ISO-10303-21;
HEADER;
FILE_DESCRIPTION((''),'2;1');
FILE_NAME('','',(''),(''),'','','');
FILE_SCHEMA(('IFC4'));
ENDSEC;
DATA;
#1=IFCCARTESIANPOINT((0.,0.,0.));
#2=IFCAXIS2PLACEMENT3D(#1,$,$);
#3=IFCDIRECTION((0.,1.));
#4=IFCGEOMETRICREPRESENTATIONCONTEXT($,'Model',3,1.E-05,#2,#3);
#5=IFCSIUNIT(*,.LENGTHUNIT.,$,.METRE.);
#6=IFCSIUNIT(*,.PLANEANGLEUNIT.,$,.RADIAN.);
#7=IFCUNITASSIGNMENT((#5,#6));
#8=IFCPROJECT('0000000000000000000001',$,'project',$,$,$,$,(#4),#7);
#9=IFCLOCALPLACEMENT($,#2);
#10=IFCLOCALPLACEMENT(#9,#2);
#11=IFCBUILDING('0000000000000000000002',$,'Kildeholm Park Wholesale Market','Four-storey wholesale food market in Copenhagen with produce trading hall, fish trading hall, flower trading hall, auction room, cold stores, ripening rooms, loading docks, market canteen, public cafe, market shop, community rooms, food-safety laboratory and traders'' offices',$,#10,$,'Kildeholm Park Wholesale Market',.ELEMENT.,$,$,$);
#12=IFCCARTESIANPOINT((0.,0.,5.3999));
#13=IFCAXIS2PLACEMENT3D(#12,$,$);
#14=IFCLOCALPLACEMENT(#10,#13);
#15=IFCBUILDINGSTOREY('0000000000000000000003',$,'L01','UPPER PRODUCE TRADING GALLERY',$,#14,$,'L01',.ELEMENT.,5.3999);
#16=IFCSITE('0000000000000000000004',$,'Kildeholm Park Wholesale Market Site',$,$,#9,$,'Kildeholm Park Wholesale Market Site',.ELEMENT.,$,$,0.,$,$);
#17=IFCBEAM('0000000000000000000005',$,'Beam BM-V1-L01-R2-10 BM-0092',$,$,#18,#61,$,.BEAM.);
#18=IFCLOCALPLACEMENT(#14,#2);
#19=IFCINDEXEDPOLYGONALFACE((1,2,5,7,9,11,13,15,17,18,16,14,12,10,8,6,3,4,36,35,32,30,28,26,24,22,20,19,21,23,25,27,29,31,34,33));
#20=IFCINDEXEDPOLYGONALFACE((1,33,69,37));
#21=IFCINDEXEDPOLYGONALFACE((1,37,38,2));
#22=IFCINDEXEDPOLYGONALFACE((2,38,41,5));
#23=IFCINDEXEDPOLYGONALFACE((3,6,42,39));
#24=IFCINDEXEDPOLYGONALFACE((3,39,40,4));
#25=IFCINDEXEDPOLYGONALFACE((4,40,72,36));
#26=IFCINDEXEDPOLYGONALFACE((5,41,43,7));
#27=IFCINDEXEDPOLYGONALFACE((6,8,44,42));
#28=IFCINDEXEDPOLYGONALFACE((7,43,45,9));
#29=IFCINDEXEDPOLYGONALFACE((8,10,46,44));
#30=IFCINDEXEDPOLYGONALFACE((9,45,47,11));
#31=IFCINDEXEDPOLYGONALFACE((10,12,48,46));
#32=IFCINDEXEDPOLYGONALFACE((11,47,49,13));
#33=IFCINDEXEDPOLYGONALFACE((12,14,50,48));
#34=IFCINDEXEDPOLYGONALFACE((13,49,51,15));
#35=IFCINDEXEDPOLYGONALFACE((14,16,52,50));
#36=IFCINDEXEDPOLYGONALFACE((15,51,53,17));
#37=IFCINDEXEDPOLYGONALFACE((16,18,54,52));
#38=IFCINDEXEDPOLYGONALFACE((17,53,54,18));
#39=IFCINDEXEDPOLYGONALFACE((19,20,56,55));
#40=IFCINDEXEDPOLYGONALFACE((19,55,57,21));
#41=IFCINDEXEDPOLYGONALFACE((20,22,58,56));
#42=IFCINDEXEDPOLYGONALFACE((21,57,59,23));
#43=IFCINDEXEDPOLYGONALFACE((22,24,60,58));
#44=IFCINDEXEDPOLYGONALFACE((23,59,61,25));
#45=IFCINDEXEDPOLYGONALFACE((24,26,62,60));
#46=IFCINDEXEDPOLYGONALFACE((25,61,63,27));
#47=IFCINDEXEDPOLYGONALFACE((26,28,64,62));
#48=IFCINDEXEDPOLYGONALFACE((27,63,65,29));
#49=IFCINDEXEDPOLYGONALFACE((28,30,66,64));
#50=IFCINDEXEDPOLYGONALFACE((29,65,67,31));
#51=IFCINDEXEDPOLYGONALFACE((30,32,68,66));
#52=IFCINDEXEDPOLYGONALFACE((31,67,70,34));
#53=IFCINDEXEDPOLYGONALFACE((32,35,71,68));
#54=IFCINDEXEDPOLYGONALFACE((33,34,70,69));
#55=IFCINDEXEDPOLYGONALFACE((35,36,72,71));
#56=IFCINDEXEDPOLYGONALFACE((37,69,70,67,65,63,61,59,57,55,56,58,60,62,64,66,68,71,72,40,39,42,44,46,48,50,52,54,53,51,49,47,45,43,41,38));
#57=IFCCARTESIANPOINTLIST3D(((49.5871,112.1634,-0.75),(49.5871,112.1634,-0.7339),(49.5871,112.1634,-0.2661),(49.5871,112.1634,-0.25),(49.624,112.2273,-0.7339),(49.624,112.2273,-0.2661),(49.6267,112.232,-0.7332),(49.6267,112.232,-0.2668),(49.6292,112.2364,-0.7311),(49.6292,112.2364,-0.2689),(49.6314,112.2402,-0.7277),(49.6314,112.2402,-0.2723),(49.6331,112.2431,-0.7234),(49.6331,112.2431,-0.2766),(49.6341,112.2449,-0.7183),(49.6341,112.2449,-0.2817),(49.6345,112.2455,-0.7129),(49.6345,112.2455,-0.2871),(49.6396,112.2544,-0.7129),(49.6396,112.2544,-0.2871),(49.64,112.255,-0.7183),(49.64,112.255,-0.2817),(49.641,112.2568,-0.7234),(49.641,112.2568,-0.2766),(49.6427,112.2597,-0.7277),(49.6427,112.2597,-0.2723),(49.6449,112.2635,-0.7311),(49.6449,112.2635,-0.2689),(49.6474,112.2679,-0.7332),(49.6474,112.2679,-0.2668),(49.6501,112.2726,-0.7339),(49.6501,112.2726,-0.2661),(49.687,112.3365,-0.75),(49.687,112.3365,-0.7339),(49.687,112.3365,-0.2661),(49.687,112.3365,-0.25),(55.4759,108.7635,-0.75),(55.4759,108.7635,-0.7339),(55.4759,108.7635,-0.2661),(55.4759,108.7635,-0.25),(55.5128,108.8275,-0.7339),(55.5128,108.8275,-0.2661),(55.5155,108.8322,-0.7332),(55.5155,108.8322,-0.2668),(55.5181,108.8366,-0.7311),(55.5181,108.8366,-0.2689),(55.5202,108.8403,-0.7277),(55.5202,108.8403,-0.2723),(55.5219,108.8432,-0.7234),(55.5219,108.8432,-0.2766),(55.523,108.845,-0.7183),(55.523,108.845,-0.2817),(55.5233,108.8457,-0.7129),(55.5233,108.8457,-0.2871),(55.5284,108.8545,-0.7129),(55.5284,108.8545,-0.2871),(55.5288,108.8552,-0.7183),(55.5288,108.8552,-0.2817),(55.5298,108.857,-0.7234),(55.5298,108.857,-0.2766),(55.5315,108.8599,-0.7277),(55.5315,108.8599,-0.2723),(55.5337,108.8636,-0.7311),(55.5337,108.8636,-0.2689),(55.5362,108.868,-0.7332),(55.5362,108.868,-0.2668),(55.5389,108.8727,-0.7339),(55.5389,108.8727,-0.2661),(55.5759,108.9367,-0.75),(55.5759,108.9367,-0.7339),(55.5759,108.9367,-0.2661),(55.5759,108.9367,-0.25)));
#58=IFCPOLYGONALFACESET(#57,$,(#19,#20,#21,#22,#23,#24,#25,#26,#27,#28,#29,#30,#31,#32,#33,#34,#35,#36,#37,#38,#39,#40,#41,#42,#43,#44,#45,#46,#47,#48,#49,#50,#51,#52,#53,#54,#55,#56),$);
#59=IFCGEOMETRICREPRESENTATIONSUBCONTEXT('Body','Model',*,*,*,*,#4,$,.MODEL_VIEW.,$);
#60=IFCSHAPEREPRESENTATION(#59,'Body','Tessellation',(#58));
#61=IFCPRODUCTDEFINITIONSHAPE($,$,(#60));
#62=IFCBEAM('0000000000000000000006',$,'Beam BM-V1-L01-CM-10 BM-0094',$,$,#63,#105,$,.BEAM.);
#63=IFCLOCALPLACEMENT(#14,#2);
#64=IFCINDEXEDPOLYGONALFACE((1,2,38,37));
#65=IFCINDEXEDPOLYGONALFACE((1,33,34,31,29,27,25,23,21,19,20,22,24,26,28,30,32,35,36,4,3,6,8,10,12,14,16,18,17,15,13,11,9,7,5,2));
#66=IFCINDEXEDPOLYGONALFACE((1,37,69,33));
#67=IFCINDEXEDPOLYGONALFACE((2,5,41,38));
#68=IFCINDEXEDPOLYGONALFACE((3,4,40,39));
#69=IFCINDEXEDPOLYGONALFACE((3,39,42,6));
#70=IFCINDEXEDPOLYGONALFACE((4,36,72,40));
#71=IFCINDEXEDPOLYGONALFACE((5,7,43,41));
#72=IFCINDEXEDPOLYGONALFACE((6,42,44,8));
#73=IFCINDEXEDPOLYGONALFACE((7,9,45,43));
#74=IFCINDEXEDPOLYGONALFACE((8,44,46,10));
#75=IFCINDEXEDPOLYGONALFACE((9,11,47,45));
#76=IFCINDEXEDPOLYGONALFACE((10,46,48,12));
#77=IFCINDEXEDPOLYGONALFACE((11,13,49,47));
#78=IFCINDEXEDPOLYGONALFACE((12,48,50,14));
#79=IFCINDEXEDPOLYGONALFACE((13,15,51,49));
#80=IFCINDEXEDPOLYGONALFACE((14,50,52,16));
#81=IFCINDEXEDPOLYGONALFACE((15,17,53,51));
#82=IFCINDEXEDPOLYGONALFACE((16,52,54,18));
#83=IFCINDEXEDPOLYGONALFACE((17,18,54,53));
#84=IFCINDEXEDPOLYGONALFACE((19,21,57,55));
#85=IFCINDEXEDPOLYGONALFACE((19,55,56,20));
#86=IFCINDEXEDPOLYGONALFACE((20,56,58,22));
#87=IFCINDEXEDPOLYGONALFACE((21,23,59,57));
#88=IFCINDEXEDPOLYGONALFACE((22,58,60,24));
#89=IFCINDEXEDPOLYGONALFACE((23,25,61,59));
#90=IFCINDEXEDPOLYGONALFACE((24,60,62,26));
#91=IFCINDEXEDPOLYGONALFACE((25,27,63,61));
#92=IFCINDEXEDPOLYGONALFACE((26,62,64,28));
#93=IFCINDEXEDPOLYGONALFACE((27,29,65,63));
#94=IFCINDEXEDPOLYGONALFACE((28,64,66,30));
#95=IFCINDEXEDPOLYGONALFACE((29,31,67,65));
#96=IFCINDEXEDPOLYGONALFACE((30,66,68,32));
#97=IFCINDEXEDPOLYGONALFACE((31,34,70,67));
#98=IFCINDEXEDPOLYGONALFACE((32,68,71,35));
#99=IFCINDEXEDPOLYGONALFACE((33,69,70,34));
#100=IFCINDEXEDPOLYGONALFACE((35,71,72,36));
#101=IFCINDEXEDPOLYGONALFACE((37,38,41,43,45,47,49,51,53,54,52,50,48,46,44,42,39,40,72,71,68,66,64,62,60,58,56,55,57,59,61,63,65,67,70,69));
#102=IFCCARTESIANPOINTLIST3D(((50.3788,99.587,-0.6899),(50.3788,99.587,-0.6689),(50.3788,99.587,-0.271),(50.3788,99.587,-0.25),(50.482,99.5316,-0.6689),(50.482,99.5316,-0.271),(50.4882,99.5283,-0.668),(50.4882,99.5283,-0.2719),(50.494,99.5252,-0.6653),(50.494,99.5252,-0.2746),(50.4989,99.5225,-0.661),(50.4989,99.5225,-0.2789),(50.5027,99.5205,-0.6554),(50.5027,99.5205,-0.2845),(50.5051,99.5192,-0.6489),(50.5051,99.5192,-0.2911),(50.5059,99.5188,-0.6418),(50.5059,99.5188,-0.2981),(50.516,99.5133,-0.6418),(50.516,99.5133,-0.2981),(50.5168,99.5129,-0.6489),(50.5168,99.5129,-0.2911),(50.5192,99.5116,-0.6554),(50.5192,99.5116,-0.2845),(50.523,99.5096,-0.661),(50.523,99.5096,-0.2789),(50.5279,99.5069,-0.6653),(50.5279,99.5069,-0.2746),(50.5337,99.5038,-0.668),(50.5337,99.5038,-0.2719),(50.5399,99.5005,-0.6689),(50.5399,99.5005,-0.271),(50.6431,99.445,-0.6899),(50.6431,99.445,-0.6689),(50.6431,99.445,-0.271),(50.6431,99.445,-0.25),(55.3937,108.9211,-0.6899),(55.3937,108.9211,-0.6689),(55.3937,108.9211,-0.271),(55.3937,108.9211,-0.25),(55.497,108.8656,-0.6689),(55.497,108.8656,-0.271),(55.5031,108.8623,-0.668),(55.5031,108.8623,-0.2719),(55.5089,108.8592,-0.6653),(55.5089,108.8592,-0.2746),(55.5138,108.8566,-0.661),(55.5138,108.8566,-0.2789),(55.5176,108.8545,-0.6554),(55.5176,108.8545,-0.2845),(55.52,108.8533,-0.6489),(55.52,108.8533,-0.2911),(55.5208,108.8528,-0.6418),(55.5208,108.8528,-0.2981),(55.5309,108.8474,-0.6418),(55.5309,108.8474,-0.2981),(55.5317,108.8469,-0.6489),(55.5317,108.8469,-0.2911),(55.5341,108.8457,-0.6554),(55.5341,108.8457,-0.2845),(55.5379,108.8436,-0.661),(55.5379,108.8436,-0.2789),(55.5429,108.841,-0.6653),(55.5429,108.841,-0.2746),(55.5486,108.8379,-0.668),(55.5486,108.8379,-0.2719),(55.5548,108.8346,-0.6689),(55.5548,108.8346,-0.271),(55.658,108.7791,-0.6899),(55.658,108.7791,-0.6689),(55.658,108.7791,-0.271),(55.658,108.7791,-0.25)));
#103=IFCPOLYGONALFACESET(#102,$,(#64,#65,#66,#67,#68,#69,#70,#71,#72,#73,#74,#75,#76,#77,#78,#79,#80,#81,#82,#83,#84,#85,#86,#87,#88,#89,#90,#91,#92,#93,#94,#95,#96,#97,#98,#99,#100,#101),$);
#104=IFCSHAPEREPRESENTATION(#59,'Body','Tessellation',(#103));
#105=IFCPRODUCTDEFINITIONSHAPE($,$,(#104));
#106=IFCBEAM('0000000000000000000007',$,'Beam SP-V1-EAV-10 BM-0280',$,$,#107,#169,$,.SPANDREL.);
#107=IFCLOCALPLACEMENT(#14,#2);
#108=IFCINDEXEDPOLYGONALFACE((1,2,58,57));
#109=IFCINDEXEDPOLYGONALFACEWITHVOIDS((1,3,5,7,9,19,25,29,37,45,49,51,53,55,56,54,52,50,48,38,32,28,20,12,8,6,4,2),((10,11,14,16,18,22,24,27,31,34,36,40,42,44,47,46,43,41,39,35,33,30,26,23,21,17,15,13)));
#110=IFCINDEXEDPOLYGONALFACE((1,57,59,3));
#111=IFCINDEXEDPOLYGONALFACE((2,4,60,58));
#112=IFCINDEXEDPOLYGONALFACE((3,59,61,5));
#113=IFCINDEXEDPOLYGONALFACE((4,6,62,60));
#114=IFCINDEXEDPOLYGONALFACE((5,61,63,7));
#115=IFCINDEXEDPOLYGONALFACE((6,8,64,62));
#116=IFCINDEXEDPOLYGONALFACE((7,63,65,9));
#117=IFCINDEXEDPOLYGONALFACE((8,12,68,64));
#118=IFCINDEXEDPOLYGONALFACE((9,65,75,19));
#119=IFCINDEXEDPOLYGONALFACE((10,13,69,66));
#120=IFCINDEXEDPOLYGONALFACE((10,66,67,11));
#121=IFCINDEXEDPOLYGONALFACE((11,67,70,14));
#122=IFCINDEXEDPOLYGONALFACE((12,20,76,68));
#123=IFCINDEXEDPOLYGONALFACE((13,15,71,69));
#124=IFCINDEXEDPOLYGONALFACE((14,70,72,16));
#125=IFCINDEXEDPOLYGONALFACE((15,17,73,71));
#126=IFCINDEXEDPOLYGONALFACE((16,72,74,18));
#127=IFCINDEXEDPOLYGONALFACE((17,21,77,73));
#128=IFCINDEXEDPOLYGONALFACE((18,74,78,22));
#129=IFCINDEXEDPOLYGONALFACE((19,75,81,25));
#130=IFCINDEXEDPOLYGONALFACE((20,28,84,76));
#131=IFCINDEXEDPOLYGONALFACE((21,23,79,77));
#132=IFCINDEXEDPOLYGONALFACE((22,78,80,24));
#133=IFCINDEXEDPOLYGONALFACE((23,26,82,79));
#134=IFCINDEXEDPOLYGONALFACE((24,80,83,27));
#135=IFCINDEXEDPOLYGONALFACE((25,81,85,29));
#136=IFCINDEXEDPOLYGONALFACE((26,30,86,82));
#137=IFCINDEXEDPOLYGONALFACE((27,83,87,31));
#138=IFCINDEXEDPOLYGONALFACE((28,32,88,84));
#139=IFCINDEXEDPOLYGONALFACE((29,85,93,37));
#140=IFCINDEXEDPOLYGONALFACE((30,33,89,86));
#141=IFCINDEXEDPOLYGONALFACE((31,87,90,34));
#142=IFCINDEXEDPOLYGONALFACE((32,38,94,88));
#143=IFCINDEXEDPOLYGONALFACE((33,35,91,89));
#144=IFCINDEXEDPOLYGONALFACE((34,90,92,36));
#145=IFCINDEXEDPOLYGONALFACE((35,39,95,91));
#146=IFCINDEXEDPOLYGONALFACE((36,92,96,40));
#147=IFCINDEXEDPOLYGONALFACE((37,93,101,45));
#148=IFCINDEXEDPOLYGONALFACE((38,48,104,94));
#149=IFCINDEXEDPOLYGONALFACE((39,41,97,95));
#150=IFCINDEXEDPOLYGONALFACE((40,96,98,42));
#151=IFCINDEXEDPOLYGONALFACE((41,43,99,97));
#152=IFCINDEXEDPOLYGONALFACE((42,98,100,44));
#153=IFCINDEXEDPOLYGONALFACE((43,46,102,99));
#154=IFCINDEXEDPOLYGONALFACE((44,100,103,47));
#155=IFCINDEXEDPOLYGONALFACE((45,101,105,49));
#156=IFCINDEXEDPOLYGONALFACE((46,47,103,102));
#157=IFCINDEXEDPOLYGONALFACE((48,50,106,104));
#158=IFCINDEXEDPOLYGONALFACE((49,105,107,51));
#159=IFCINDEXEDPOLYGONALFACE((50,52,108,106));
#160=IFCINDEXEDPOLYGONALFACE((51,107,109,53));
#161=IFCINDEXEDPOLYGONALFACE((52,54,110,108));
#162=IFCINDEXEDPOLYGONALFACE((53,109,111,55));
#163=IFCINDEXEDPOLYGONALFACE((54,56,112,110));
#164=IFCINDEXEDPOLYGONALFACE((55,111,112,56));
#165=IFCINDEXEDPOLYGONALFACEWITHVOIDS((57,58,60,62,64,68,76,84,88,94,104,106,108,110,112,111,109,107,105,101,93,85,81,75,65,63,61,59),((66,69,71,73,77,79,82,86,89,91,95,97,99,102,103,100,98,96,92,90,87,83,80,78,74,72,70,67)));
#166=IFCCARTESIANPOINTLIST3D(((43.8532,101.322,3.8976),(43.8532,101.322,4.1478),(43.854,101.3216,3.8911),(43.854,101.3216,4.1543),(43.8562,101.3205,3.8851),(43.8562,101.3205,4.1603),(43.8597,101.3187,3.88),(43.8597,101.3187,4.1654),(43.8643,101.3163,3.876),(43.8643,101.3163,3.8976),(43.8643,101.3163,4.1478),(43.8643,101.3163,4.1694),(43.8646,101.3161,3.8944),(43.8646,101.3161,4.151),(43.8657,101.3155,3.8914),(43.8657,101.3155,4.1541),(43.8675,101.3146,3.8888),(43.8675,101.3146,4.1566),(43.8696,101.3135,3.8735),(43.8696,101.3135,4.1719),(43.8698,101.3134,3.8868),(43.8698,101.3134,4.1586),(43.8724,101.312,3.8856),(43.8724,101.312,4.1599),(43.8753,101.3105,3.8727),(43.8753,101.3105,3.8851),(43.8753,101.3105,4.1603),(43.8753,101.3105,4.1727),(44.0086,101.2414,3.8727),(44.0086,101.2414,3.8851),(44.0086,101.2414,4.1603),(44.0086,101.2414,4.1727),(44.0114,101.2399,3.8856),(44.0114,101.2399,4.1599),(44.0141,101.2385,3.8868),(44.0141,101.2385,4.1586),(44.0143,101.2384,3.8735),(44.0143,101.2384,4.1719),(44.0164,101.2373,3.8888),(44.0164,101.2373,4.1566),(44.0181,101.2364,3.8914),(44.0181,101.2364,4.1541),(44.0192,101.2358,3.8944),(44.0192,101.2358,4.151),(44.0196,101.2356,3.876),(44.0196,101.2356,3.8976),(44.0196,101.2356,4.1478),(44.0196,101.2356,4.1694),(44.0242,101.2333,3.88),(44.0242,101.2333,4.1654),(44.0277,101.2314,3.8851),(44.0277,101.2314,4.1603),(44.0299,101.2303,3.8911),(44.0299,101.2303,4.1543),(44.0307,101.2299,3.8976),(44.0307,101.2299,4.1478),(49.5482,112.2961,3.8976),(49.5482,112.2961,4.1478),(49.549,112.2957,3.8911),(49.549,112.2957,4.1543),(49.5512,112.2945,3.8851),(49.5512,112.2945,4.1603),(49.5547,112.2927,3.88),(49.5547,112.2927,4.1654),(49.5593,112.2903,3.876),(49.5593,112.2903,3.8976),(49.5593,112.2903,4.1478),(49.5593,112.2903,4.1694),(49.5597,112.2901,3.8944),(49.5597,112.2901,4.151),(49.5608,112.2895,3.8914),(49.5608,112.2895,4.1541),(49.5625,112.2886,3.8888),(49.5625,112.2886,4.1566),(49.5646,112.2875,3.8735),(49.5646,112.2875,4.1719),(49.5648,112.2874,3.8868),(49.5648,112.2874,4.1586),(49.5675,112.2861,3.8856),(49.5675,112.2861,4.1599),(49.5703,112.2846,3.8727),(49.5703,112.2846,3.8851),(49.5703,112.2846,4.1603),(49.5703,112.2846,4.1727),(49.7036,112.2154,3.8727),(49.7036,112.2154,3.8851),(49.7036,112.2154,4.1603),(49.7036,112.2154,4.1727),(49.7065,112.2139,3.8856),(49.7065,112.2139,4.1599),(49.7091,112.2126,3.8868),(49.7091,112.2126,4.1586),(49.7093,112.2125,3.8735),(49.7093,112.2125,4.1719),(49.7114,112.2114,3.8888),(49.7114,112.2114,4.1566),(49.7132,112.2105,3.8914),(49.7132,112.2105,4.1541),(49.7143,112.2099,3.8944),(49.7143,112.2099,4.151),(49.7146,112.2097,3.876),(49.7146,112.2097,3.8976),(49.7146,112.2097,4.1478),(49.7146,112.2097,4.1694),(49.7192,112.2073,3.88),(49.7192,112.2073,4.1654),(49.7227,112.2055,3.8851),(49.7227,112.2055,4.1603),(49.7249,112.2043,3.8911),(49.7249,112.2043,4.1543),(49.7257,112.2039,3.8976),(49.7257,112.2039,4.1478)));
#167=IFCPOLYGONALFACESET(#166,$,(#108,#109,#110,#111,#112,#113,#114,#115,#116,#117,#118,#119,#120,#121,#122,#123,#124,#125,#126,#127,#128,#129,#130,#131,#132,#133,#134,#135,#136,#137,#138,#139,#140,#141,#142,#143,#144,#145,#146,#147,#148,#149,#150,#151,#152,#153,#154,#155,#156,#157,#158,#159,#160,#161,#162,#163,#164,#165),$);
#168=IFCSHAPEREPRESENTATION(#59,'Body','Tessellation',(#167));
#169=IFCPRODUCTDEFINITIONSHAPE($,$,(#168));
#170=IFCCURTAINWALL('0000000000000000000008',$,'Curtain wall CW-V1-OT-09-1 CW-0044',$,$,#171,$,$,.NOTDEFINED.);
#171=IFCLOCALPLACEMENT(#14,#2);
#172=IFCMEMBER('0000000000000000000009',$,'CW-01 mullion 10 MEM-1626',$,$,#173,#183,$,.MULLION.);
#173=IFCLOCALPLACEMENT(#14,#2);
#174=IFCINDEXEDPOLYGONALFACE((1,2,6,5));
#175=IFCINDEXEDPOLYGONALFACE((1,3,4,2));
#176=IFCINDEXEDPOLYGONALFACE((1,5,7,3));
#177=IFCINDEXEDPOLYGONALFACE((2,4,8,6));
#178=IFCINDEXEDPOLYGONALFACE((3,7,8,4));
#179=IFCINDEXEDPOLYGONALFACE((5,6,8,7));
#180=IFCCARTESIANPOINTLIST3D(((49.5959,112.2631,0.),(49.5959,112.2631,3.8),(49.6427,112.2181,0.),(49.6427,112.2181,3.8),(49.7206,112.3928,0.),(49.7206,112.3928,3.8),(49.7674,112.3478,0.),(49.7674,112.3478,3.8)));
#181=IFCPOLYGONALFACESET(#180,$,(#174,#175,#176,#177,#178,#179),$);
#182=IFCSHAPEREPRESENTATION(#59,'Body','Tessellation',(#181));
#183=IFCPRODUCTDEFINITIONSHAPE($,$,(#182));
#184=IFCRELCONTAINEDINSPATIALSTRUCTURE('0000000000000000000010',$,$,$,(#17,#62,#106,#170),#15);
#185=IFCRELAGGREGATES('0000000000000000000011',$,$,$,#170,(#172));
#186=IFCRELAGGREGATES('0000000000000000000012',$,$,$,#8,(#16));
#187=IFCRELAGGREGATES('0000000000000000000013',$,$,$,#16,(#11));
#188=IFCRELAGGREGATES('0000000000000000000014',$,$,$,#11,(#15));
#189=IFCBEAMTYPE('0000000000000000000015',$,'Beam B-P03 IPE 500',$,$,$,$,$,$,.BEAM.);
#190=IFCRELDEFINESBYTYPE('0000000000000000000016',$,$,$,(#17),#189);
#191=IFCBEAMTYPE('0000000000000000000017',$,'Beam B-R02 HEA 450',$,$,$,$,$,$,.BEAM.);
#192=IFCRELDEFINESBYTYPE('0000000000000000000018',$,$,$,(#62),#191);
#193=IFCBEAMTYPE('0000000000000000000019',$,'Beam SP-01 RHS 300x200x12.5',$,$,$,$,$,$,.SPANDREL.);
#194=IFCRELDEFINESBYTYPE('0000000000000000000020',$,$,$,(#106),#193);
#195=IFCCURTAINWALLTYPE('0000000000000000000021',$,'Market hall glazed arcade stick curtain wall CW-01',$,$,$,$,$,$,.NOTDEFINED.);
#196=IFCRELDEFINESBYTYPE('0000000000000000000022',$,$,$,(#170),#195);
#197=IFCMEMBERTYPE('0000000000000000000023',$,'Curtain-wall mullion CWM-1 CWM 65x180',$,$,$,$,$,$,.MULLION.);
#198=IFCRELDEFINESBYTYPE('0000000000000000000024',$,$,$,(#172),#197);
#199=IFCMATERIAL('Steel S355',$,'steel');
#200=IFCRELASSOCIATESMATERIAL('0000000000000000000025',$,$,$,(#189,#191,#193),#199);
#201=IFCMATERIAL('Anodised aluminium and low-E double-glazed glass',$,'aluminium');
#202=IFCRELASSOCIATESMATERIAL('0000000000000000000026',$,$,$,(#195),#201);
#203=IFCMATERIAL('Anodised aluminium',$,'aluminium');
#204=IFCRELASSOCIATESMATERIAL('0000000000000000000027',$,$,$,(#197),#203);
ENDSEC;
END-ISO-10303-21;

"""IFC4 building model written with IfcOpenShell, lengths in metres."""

from ifc_helpers import new_model, si_unit, direction, frame, origin, origin_2d, place, context, subcontext, project, spatial, rectangle, hollow_rectangle, i_section, extrude, material, material_profile, profile_set, type_object, element, aggregate, save


model = new_model("IFC4")

# Units and contexts
model_context = context("Model", 3, precision=1e-05, world=origin(), true_north=direction((0.0, 1.0)))
body_context = subcontext(model_context, "Body", "Model", "MODEL_VIEW")
ifc_project = project(units=[si_unit("LENGTHUNIT", "METRE"), si_unit("PLANEANGLEUNIT", "RADIAN")], contexts=[model_context])

# Site, building, storey
site_placement = place(None, origin())
site = spatial("IfcSite", under=ifc_project, at=site_placement, Name="Kildeholm Park Wholesale Market Site", LongName="Kildeholm Park Wholesale Market Site", CompositionType="ELEMENT", RefElevation=0.0)
building_placement = place(site_placement, origin())
building = spatial("IfcBuilding", under=site, at=building_placement, Name="Kildeholm Park Wholesale Market", Description="Four-storey wholesale food market in Copenhagen with produce trading hall, fish trading hall, flower trading hall, auction room, cold stores, ripening rooms, loading docks, market canteen, public cafe, market shop, community rooms, food-safety laboratory and traders' offices", LongName="Kildeholm Park Wholesale Market", CompositionType="ELEMENT")
storey_placement = place(building_placement, frame((0.0, 0.0, 5.3999)))
storey = spatial("IfcBuildingStorey", under=building, at=storey_placement, Name="L01", Description="UPPER PRODUCE TRADING GALLERY", LongName="L01", CompositionType="ELEMENT", Elevation=5.3999)

# Shared definitions
ifc_material_1 = material(Name="Steel S355", Category="steel")

# Beams
ifc_material_profile_1 = material_profile(ifc_material_1, i_section(OverallWidth=0.2, OverallDepth=0.5, WebThickness=0.0103, FlangeThickness=0.0161, FilletRadius=0.021, at=origin_2d()), Name="IPE 500")
ifc_profile_set_1 = profile_set([ifc_material_profile_1], Name="Steel S355")
beam_type_1 = type_object("IfcBeamType", Name="Beam B-P03 IPE 500", PredefinedType="BEAM", material=ifc_profile_set_1)
beam_1_placement = place(storey_placement, frame((55.5259, 108.8501, -0.5), z_axis=(-0.86603, 0.499993, 0.0), x_axis=(-0.499993, -0.86603, 0.0)))
element("IfcBeam", 1, at=beam_1_placement, inside=storey, type_object=beam_type_1, Name="Beam BM-V1-L01-R2-10 BM-0092", PredefinedType="BEAM", context=body_context, shape_type="SweptSolid", body=[
    extrude(i_section(OverallWidth=0.2, OverallDepth=0.5, WebThickness=0.0103, FlangeThickness=0.0161, FilletRadius=0.021, at=origin_2d()), origin(), (0.0, 0.0, 1.0), 6.7998),
])
ifc_material_profile_2 = material_profile(ifc_material_1, i_section(OverallWidth=0.3, OverallDepth=0.4399, WebThickness=0.0115, FlangeThickness=0.021, FilletRadius=0.0271, at=origin_2d()), Name="HEA 450")
ifc_profile_set_2 = profile_set([ifc_material_profile_2], Name="Steel S355")
beam_type_2 = type_object("IfcBeamType", Name="Beam B-R02 HEA 450", PredefinedType="BEAM", material=ifc_profile_set_2)
beam_2_placement = place(storey_placement, frame((55.5259, 108.8501, -0.47), z_axis=(-0.473288, -0.880908, 0.0), x_axis=(0.880908, -0.473288, 0.0)))
element("IfcBeam", 2, at=beam_2_placement, inside=storey, type_object=beam_type_2, Name="Beam BM-V1-L01-CM-10 BM-0094", PredefinedType="BEAM", context=body_context, shape_type="SweptSolid", body=[
    extrude(i_section(OverallWidth=0.3, OverallDepth=0.4399, WebThickness=0.0115, FlangeThickness=0.021, FilletRadius=0.0271, at=origin_2d()), origin(), (0.0, 0.0, 1.0), 10.5959),
])
ifc_material_profile_3 = material_profile(ifc_material_1, hollow_rectangle(XDim=0.2, YDim=0.3, WallThickness=0.0125, InnerFilletRadius=0.0125, OuterFilletRadius=0.0249, at=origin_2d()), Name="RHS 300x200x12.5")
ifc_profile_set_3 = profile_set([ifc_material_profile_3], Name="Steel S355")
beam_type_3 = type_object("IfcBeamType", Name="Beam SP-01 RHS 300x200x12.5", PredefinedType="SPANDREL", material=ifc_profile_set_3)
beam_3_placement = place(storey_placement, frame((49.637, 112.25, 4.0227), z_axis=(-0.460622, -0.887596, 0.0), x_axis=(0.887596, -0.460622, 0.0)))
element("IfcBeam", 3, at=beam_3_placement, inside=storey, type_object=beam_type_3, Name="Beam SP-V1-EAV-10 BM-0280", PredefinedType="SPANDREL", context=body_context, shape_type="SweptSolid", body=[
    extrude(hollow_rectangle(XDim=0.2, YDim=0.3, WallThickness=0.0125, InnerFilletRadius=0.0125, OuterFilletRadius=0.0249, at=origin_2d()), origin(), (0.0, 0.0, 1.0), 12.3638),
])

# Curtain wall, member
ifc_material_2 = material(Name="Anodised aluminium and low-E double-glazed glass", Category="aluminium")
curtain_wall_type = type_object("IfcCurtainWallType", Name="Market hall glazed arcade stick curtain wall CW-01", PredefinedType="NOTDEFINED", material=ifc_material_2)
curtain_wall_1_placement = place(storey_placement, origin())
curtain_wall_1 = element("IfcCurtainWall", 4, at=curtain_wall_1_placement, inside=storey, type_object=curtain_wall_type, Name="Curtain wall CW-V1-OT-09-1 CW-0044", PredefinedType="NOTDEFINED")
ifc_material_3 = material(Name="Anodised aluminium", Category="aluminium")
ifc_material_profile_4 = material_profile(ifc_material_3, rectangle(XDim=0.0649, YDim=0.1799, at=origin_2d()), Name="CWM 65x180")
ifc_profile_set_4 = profile_set([ifc_material_profile_4], Name="Anodised aluminium")
member_type_1 = type_object("IfcMemberType", Name="Curtain-wall mullion CWM-1 CWM 65x180", PredefinedType="MULLION", material=ifc_profile_set_4)
member_1_placement = place(storey_placement, frame((49.6816, 112.3054, 0.0), z_axis=(0.0, 0.0, 1.0), x_axis=(0.720901, -0.693038, 0.0)))
member_1 = element("IfcMember", 5, at=member_1_placement, type_object=member_type_1, Name="CW-01 mullion 10 MEM-1626", PredefinedType="MULLION", context=body_context, shape_type="SweptSolid", body=[
    extrude(rectangle(XDim=0.0649, YDim=0.1799, at=origin_2d()), origin(), (0.0, 0.0, 1.0), 3.8),
])

aggregate(curtain_wall_1, [member_1])

save(model, "model.ifc")
